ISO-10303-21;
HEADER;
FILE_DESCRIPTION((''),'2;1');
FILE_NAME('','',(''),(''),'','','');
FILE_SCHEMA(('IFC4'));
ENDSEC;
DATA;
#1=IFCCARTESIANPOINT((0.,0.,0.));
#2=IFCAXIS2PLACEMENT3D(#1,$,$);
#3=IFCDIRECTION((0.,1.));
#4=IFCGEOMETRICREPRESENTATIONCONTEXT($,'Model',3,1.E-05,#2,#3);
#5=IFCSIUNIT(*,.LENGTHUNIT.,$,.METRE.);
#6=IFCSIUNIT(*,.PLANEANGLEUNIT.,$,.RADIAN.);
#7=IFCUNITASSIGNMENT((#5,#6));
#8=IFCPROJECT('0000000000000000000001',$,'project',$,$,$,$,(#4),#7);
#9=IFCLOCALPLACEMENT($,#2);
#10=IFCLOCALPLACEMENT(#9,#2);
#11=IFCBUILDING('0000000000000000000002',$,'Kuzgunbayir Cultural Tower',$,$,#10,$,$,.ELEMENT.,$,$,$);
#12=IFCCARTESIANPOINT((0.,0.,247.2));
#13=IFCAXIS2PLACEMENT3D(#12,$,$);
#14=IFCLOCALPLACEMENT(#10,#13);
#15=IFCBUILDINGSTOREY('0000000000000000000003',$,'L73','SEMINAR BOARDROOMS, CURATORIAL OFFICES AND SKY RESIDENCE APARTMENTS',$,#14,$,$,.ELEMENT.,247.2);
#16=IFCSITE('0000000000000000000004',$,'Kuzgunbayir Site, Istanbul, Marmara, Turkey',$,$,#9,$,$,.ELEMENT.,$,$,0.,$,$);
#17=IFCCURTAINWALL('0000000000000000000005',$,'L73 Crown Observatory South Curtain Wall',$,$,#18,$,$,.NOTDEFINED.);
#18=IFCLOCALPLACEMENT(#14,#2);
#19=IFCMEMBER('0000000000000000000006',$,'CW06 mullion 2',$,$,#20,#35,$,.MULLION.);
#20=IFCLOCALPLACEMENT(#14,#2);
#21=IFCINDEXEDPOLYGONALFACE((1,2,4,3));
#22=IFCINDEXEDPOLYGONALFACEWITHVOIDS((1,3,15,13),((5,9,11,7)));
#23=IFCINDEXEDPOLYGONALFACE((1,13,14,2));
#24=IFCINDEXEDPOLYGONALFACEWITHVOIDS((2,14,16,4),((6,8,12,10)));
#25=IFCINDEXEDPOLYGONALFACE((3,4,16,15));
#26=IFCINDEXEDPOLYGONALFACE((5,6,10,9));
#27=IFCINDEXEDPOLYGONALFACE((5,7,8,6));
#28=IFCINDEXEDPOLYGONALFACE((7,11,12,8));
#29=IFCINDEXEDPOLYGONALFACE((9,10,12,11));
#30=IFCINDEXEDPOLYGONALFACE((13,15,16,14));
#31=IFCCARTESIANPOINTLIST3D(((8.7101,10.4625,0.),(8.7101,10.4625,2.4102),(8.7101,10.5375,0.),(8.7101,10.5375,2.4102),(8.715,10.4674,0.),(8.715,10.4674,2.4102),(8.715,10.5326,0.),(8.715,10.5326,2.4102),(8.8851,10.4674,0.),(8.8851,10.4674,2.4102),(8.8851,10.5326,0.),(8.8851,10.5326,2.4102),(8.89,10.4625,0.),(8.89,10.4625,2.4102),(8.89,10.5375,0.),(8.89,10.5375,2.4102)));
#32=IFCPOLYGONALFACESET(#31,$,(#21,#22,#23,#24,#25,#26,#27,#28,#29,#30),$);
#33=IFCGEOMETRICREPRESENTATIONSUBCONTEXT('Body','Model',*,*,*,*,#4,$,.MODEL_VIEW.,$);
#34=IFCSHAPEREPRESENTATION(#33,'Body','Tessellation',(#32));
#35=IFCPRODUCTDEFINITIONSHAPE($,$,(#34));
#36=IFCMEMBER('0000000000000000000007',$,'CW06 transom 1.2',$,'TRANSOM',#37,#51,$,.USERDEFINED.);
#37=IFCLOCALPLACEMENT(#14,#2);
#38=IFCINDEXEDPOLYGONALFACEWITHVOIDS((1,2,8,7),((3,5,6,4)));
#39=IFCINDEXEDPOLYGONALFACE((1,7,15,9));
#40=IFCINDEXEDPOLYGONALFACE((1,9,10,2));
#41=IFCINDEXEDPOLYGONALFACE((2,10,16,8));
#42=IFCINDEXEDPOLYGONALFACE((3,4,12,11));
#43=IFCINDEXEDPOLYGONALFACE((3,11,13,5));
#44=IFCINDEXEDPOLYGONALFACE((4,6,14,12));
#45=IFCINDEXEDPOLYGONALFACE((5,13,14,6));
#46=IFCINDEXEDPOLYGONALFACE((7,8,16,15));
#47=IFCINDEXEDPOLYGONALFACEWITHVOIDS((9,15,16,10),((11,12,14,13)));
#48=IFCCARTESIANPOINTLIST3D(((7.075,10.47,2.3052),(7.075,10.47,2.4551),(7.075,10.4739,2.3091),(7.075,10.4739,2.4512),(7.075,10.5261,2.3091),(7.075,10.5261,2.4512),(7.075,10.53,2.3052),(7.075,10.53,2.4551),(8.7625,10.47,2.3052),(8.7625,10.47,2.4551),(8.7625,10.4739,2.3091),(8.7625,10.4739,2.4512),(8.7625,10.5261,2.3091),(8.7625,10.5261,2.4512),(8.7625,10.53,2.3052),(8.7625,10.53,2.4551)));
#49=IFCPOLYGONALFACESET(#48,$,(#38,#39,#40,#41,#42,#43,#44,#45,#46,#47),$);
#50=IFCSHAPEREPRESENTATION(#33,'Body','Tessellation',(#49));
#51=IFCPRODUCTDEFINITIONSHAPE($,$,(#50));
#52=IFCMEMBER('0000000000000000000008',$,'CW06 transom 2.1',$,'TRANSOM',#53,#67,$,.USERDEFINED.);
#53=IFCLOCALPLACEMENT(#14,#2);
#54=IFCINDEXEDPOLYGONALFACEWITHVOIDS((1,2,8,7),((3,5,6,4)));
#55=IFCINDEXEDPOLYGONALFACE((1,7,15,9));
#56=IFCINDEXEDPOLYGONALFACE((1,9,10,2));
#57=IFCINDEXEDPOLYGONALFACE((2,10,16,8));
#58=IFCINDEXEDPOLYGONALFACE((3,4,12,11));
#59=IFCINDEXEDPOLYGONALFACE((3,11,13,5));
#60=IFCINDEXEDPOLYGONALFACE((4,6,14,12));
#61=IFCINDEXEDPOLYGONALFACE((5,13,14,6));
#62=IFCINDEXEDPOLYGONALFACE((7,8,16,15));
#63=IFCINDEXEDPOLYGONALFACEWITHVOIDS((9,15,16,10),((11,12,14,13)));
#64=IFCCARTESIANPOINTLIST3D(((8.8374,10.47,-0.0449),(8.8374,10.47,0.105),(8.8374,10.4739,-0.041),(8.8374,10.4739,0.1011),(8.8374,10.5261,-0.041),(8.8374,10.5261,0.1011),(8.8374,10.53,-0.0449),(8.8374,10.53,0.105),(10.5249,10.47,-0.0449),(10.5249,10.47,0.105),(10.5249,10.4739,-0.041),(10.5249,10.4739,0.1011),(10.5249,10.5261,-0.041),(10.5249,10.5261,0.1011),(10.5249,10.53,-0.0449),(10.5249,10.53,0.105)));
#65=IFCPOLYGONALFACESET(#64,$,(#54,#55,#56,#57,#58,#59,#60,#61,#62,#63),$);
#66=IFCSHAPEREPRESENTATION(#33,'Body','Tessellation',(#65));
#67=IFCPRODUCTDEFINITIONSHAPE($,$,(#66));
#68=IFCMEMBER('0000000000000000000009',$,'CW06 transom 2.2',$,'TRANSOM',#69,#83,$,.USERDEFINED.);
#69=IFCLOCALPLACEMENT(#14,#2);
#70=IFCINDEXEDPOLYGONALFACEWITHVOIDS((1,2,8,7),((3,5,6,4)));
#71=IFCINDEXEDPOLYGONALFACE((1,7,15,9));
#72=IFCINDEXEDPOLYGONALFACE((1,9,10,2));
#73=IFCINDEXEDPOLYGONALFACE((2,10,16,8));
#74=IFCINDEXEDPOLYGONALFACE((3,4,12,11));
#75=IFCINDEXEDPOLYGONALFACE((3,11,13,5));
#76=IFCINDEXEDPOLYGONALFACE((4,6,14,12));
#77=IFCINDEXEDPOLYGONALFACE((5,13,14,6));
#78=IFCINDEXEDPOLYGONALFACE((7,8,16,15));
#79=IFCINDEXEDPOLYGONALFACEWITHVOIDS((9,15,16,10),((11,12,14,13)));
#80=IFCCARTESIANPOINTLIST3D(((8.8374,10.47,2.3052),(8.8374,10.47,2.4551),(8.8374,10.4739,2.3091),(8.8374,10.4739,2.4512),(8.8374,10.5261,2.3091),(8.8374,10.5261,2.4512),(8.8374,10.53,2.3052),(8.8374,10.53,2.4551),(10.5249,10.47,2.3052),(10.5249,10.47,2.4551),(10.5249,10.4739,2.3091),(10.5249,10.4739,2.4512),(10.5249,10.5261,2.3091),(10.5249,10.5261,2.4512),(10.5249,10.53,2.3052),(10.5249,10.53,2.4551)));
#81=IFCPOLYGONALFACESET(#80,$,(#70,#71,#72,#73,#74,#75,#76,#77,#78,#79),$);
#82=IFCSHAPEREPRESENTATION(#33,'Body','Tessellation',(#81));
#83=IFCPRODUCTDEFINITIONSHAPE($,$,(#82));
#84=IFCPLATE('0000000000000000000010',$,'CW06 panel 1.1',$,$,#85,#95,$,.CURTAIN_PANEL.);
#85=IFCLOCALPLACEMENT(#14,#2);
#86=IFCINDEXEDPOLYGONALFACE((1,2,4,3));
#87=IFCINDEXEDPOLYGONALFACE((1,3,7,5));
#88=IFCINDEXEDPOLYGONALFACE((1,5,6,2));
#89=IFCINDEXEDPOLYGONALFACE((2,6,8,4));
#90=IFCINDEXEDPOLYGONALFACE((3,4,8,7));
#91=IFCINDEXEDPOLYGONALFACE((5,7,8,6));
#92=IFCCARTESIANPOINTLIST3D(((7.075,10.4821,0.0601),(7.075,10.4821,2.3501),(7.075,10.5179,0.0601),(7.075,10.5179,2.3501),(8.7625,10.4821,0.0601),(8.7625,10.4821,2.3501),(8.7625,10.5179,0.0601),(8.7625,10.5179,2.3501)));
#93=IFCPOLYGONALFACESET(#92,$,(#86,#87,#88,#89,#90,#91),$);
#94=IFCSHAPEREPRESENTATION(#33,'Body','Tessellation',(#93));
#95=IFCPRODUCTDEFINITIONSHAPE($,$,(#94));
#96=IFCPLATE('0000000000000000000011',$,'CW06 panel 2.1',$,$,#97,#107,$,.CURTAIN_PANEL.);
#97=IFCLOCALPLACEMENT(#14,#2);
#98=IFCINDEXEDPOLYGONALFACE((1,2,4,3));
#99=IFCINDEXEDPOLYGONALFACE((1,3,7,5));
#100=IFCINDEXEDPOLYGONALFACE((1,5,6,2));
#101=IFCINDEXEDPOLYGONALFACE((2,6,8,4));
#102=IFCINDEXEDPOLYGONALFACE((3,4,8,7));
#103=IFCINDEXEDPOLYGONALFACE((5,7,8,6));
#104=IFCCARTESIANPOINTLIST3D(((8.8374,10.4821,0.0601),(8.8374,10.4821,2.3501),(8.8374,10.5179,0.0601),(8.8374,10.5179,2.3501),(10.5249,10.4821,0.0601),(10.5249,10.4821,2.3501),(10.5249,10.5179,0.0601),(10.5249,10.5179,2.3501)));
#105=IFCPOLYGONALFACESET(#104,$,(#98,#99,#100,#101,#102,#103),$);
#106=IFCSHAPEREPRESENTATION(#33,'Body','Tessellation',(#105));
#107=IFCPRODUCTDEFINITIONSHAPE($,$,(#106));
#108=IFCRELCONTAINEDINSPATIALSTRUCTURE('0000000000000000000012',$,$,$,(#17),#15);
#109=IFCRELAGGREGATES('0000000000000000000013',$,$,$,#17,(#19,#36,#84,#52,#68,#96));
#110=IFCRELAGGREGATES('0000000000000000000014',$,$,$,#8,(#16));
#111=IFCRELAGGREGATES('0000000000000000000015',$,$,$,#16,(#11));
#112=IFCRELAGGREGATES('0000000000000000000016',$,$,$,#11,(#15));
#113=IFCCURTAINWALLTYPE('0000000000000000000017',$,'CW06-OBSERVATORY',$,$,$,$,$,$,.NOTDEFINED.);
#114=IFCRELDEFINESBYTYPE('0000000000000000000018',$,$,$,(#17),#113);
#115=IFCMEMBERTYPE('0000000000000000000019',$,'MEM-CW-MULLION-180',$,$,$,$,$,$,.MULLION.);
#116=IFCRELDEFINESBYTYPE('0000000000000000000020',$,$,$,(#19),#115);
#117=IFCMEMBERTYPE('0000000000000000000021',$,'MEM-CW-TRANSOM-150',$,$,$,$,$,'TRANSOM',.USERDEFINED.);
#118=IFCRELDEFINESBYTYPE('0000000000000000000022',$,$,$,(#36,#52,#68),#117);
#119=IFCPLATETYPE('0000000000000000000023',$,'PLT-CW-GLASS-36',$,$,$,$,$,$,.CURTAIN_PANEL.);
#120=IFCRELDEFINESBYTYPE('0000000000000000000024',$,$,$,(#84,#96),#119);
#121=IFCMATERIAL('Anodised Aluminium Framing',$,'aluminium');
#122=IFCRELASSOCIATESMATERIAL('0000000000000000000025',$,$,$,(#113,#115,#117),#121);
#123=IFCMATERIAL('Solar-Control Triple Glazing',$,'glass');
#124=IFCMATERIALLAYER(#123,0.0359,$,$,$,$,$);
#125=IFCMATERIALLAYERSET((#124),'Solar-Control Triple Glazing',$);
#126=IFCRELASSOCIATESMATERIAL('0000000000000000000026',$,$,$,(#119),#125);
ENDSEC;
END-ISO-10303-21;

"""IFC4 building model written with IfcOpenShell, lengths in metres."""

from ifc_helpers import new_model, si_unit, direction, frame, origin, origin_2d, place, context, subcontext, project, spatial, rectangle, hollow_rectangle, extrude, material, layer, layer_set, material_profile, profile_set, type_object, element, aggregate, save


model = new_model("IFC4")

# Units and contexts
model_context = context("Model", 3, precision=1e-05, world=origin(), true_north=direction((0.0, 1.0)))
body_context = subcontext(model_context, "Body", "Model", "MODEL_VIEW")
ifc_project = project(units=[si_unit("LENGTHUNIT", "METRE"), si_unit("PLANEANGLEUNIT", "RADIAN")], contexts=[model_context])

# Site, building, storey
site_placement = place(None, origin())
site = spatial("IfcSite", under=ifc_project, at=site_placement, Name="Kuzgunbayir Site, Istanbul, Marmara, Turkey", CompositionType="ELEMENT", RefElevation=0.0)
building_placement = place(site_placement, origin())
building = spatial("IfcBuilding", under=site, at=building_placement, Name="Kuzgunbayir Cultural Tower", CompositionType="ELEMENT")
storey_placement = place(building_placement, frame((0.0, 0.0, 247.2)))
storey = spatial("IfcBuildingStorey", under=building, at=storey_placement, Name="L73", Description="SEMINAR BOARDROOMS, CURATORIAL OFFICES AND SKY RESIDENCE APARTMENTS", CompositionType="ELEMENT", Elevation=247.2)

# Curtain wall, members, plates
ifc_material_1 = material(Name="Anodised Aluminium Framing", Category="aluminium")
curtain_wall_type = type_object("IfcCurtainWallType", Name="CW06-OBSERVATORY", PredefinedType="NOTDEFINED", material=ifc_material_1)
curtain_wall_placement = place(storey_placement, origin())
curtain_wall = element("IfcCurtainWall", 1, at=curtain_wall_placement, inside=storey, type_object=curtain_wall_type, Name="L73 Crown Observatory South Curtain Wall", PredefinedType="NOTDEFINED")
ifc_material_profile_1 = material_profile(ifc_material_1, hollow_rectangle(XDim=0.075, YDim=0.1799, WallThickness=0.0049, at=origin_2d()), Name="RHS 180x75x5")
ifc_profile_set_1 = profile_set([ifc_material_profile_1], Name="Anodised Aluminium Framing")
member_type_1 = type_object("IfcMemberType", Name="MEM-CW-MULLION-180", PredefinedType="MULLION", material=ifc_profile_set_1)
member_1_placement = place(storey_placement, frame((8.8, 10.5, 0.0), z_axis=(0.0, 0.0, 1.0), x_axis=(0.0, 1.0, 0.0)))
member_1 = element("IfcMember", 2, at=member_1_placement, type_object=member_type_1, Name="CW06 mullion 2", PredefinedType="MULLION", context=body_context, shape_type="SweptSolid", body=[
    extrude(hollow_rectangle(XDim=0.075, YDim=0.1799, WallThickness=0.0049, at=origin_2d()), origin(), (0.0, 0.0, 1.0), 2.4102),
])
ifc_material_profile_2 = material_profile(ifc_material_1, hollow_rectangle(XDim=0.0601, YDim=0.1499, WallThickness=0.0039, at=origin_2d()), Name="RHS 150x60x4")
ifc_profile_set_2 = profile_set([ifc_material_profile_2], Name="Anodised Aluminium Framing")
member_type_2 = type_object("IfcMemberType", Name="MEM-CW-TRANSOM-150", ElementType="TRANSOM", PredefinedType="USERDEFINED", material=ifc_profile_set_2)
member_2_placement = place(storey_placement, frame((7.075, 10.5, 2.3801), z_axis=(1.0, 0.0, 0.0), x_axis=(0.0, 1.0, 0.0)))
member_2 = element("IfcMember", 3, at=member_2_placement, type_object=member_type_2, Name="CW06 transom 1.2", ObjectType="TRANSOM", PredefinedType="USERDEFINED", context=body_context, shape_type="SweptSolid", body=[
    extrude(hollow_rectangle(XDim=0.0601, YDim=0.1499, WallThickness=0.0039, at=origin_2d()), origin(), (0.0, 0.0, 1.0), 1.6875),
])
member_3_placement = place(storey_placement, frame((8.8374, 10.5, 0.03), z_axis=(1.0, 0.0, 0.0), x_axis=(0.0, 1.0, 0.0)))
member_3 = element("IfcMember", 4, at=member_3_placement, type_object=member_type_2, Name="CW06 transom 2.1", ObjectType="TRANSOM", PredefinedType="USERDEFINED", context=body_context, shape_type="SweptSolid", body=[
    extrude(hollow_rectangle(XDim=0.0601, YDim=0.1499, WallThickness=0.0039, at=origin_2d()), origin(), (0.0, 0.0, 1.0), 1.6875),
])
member_4_placement = place(storey_placement, frame((8.8374, 10.5, 2.3801), z_axis=(1.0, 0.0, 0.0), x_axis=(0.0, 1.0, 0.0)))
member_4 = element("IfcMember", 5, at=member_4_placement, type_object=member_type_2, Name="CW06 transom 2.2", ObjectType="TRANSOM", PredefinedType="USERDEFINED", context=body_context, shape_type="SweptSolid", body=[
    extrude(hollow_rectangle(XDim=0.0601, YDim=0.1499, WallThickness=0.0039, at=origin_2d()), origin(), (0.0, 0.0, 1.0), 1.6875),
])
ifc_material_2 = material(Name="Solar-Control Triple Glazing", Category="glass")
ifc_layer_1 = layer(ifc_material_2, 0.0359)
ifc_layer_set_1 = layer_set([ifc_layer_1], Name="Solar-Control Triple Glazing")
plate_type = type_object("IfcPlateType", Name="PLT-CW-GLASS-36", PredefinedType="CURTAIN_PANEL", material=ifc_layer_set_1)
plate_1_placement = place(storey_placement, frame((7.9187, 10.5, 0.0601), z_axis=(0.0, 0.0, 1.0), x_axis=(1.0, 0.0, 0.0)))
plate_1 = element("IfcPlate", 6, at=plate_1_placement, type_object=plate_type, Name="CW06 panel 1.1", PredefinedType="CURTAIN_PANEL", context=body_context, shape_type="SweptSolid", body=[
    extrude(rectangle(XDim=1.6875, YDim=0.0359, at=origin_2d()), origin(), (0.0, 0.0, 1.0), 2.29),
])
plate_2_placement = place(storey_placement, frame((9.6812, 10.5, 0.0601), z_axis=(0.0, 0.0, 1.0), x_axis=(1.0, 0.0, 0.0)))
plate_2 = element("IfcPlate", 7, at=plate_2_placement, type_object=plate_type, Name="CW06 panel 2.1", PredefinedType="CURTAIN_PANEL", context=body_context, shape_type="SweptSolid", body=[
    extrude(rectangle(XDim=1.6875, YDim=0.0359, at=origin_2d()), origin(), (0.0, 0.0, 1.0), 2.29),
])
aggregate(curtain_wall, [member_1, member_2, plate_1, member_3, member_4, plate_2])

save(model, "model.ifc")
